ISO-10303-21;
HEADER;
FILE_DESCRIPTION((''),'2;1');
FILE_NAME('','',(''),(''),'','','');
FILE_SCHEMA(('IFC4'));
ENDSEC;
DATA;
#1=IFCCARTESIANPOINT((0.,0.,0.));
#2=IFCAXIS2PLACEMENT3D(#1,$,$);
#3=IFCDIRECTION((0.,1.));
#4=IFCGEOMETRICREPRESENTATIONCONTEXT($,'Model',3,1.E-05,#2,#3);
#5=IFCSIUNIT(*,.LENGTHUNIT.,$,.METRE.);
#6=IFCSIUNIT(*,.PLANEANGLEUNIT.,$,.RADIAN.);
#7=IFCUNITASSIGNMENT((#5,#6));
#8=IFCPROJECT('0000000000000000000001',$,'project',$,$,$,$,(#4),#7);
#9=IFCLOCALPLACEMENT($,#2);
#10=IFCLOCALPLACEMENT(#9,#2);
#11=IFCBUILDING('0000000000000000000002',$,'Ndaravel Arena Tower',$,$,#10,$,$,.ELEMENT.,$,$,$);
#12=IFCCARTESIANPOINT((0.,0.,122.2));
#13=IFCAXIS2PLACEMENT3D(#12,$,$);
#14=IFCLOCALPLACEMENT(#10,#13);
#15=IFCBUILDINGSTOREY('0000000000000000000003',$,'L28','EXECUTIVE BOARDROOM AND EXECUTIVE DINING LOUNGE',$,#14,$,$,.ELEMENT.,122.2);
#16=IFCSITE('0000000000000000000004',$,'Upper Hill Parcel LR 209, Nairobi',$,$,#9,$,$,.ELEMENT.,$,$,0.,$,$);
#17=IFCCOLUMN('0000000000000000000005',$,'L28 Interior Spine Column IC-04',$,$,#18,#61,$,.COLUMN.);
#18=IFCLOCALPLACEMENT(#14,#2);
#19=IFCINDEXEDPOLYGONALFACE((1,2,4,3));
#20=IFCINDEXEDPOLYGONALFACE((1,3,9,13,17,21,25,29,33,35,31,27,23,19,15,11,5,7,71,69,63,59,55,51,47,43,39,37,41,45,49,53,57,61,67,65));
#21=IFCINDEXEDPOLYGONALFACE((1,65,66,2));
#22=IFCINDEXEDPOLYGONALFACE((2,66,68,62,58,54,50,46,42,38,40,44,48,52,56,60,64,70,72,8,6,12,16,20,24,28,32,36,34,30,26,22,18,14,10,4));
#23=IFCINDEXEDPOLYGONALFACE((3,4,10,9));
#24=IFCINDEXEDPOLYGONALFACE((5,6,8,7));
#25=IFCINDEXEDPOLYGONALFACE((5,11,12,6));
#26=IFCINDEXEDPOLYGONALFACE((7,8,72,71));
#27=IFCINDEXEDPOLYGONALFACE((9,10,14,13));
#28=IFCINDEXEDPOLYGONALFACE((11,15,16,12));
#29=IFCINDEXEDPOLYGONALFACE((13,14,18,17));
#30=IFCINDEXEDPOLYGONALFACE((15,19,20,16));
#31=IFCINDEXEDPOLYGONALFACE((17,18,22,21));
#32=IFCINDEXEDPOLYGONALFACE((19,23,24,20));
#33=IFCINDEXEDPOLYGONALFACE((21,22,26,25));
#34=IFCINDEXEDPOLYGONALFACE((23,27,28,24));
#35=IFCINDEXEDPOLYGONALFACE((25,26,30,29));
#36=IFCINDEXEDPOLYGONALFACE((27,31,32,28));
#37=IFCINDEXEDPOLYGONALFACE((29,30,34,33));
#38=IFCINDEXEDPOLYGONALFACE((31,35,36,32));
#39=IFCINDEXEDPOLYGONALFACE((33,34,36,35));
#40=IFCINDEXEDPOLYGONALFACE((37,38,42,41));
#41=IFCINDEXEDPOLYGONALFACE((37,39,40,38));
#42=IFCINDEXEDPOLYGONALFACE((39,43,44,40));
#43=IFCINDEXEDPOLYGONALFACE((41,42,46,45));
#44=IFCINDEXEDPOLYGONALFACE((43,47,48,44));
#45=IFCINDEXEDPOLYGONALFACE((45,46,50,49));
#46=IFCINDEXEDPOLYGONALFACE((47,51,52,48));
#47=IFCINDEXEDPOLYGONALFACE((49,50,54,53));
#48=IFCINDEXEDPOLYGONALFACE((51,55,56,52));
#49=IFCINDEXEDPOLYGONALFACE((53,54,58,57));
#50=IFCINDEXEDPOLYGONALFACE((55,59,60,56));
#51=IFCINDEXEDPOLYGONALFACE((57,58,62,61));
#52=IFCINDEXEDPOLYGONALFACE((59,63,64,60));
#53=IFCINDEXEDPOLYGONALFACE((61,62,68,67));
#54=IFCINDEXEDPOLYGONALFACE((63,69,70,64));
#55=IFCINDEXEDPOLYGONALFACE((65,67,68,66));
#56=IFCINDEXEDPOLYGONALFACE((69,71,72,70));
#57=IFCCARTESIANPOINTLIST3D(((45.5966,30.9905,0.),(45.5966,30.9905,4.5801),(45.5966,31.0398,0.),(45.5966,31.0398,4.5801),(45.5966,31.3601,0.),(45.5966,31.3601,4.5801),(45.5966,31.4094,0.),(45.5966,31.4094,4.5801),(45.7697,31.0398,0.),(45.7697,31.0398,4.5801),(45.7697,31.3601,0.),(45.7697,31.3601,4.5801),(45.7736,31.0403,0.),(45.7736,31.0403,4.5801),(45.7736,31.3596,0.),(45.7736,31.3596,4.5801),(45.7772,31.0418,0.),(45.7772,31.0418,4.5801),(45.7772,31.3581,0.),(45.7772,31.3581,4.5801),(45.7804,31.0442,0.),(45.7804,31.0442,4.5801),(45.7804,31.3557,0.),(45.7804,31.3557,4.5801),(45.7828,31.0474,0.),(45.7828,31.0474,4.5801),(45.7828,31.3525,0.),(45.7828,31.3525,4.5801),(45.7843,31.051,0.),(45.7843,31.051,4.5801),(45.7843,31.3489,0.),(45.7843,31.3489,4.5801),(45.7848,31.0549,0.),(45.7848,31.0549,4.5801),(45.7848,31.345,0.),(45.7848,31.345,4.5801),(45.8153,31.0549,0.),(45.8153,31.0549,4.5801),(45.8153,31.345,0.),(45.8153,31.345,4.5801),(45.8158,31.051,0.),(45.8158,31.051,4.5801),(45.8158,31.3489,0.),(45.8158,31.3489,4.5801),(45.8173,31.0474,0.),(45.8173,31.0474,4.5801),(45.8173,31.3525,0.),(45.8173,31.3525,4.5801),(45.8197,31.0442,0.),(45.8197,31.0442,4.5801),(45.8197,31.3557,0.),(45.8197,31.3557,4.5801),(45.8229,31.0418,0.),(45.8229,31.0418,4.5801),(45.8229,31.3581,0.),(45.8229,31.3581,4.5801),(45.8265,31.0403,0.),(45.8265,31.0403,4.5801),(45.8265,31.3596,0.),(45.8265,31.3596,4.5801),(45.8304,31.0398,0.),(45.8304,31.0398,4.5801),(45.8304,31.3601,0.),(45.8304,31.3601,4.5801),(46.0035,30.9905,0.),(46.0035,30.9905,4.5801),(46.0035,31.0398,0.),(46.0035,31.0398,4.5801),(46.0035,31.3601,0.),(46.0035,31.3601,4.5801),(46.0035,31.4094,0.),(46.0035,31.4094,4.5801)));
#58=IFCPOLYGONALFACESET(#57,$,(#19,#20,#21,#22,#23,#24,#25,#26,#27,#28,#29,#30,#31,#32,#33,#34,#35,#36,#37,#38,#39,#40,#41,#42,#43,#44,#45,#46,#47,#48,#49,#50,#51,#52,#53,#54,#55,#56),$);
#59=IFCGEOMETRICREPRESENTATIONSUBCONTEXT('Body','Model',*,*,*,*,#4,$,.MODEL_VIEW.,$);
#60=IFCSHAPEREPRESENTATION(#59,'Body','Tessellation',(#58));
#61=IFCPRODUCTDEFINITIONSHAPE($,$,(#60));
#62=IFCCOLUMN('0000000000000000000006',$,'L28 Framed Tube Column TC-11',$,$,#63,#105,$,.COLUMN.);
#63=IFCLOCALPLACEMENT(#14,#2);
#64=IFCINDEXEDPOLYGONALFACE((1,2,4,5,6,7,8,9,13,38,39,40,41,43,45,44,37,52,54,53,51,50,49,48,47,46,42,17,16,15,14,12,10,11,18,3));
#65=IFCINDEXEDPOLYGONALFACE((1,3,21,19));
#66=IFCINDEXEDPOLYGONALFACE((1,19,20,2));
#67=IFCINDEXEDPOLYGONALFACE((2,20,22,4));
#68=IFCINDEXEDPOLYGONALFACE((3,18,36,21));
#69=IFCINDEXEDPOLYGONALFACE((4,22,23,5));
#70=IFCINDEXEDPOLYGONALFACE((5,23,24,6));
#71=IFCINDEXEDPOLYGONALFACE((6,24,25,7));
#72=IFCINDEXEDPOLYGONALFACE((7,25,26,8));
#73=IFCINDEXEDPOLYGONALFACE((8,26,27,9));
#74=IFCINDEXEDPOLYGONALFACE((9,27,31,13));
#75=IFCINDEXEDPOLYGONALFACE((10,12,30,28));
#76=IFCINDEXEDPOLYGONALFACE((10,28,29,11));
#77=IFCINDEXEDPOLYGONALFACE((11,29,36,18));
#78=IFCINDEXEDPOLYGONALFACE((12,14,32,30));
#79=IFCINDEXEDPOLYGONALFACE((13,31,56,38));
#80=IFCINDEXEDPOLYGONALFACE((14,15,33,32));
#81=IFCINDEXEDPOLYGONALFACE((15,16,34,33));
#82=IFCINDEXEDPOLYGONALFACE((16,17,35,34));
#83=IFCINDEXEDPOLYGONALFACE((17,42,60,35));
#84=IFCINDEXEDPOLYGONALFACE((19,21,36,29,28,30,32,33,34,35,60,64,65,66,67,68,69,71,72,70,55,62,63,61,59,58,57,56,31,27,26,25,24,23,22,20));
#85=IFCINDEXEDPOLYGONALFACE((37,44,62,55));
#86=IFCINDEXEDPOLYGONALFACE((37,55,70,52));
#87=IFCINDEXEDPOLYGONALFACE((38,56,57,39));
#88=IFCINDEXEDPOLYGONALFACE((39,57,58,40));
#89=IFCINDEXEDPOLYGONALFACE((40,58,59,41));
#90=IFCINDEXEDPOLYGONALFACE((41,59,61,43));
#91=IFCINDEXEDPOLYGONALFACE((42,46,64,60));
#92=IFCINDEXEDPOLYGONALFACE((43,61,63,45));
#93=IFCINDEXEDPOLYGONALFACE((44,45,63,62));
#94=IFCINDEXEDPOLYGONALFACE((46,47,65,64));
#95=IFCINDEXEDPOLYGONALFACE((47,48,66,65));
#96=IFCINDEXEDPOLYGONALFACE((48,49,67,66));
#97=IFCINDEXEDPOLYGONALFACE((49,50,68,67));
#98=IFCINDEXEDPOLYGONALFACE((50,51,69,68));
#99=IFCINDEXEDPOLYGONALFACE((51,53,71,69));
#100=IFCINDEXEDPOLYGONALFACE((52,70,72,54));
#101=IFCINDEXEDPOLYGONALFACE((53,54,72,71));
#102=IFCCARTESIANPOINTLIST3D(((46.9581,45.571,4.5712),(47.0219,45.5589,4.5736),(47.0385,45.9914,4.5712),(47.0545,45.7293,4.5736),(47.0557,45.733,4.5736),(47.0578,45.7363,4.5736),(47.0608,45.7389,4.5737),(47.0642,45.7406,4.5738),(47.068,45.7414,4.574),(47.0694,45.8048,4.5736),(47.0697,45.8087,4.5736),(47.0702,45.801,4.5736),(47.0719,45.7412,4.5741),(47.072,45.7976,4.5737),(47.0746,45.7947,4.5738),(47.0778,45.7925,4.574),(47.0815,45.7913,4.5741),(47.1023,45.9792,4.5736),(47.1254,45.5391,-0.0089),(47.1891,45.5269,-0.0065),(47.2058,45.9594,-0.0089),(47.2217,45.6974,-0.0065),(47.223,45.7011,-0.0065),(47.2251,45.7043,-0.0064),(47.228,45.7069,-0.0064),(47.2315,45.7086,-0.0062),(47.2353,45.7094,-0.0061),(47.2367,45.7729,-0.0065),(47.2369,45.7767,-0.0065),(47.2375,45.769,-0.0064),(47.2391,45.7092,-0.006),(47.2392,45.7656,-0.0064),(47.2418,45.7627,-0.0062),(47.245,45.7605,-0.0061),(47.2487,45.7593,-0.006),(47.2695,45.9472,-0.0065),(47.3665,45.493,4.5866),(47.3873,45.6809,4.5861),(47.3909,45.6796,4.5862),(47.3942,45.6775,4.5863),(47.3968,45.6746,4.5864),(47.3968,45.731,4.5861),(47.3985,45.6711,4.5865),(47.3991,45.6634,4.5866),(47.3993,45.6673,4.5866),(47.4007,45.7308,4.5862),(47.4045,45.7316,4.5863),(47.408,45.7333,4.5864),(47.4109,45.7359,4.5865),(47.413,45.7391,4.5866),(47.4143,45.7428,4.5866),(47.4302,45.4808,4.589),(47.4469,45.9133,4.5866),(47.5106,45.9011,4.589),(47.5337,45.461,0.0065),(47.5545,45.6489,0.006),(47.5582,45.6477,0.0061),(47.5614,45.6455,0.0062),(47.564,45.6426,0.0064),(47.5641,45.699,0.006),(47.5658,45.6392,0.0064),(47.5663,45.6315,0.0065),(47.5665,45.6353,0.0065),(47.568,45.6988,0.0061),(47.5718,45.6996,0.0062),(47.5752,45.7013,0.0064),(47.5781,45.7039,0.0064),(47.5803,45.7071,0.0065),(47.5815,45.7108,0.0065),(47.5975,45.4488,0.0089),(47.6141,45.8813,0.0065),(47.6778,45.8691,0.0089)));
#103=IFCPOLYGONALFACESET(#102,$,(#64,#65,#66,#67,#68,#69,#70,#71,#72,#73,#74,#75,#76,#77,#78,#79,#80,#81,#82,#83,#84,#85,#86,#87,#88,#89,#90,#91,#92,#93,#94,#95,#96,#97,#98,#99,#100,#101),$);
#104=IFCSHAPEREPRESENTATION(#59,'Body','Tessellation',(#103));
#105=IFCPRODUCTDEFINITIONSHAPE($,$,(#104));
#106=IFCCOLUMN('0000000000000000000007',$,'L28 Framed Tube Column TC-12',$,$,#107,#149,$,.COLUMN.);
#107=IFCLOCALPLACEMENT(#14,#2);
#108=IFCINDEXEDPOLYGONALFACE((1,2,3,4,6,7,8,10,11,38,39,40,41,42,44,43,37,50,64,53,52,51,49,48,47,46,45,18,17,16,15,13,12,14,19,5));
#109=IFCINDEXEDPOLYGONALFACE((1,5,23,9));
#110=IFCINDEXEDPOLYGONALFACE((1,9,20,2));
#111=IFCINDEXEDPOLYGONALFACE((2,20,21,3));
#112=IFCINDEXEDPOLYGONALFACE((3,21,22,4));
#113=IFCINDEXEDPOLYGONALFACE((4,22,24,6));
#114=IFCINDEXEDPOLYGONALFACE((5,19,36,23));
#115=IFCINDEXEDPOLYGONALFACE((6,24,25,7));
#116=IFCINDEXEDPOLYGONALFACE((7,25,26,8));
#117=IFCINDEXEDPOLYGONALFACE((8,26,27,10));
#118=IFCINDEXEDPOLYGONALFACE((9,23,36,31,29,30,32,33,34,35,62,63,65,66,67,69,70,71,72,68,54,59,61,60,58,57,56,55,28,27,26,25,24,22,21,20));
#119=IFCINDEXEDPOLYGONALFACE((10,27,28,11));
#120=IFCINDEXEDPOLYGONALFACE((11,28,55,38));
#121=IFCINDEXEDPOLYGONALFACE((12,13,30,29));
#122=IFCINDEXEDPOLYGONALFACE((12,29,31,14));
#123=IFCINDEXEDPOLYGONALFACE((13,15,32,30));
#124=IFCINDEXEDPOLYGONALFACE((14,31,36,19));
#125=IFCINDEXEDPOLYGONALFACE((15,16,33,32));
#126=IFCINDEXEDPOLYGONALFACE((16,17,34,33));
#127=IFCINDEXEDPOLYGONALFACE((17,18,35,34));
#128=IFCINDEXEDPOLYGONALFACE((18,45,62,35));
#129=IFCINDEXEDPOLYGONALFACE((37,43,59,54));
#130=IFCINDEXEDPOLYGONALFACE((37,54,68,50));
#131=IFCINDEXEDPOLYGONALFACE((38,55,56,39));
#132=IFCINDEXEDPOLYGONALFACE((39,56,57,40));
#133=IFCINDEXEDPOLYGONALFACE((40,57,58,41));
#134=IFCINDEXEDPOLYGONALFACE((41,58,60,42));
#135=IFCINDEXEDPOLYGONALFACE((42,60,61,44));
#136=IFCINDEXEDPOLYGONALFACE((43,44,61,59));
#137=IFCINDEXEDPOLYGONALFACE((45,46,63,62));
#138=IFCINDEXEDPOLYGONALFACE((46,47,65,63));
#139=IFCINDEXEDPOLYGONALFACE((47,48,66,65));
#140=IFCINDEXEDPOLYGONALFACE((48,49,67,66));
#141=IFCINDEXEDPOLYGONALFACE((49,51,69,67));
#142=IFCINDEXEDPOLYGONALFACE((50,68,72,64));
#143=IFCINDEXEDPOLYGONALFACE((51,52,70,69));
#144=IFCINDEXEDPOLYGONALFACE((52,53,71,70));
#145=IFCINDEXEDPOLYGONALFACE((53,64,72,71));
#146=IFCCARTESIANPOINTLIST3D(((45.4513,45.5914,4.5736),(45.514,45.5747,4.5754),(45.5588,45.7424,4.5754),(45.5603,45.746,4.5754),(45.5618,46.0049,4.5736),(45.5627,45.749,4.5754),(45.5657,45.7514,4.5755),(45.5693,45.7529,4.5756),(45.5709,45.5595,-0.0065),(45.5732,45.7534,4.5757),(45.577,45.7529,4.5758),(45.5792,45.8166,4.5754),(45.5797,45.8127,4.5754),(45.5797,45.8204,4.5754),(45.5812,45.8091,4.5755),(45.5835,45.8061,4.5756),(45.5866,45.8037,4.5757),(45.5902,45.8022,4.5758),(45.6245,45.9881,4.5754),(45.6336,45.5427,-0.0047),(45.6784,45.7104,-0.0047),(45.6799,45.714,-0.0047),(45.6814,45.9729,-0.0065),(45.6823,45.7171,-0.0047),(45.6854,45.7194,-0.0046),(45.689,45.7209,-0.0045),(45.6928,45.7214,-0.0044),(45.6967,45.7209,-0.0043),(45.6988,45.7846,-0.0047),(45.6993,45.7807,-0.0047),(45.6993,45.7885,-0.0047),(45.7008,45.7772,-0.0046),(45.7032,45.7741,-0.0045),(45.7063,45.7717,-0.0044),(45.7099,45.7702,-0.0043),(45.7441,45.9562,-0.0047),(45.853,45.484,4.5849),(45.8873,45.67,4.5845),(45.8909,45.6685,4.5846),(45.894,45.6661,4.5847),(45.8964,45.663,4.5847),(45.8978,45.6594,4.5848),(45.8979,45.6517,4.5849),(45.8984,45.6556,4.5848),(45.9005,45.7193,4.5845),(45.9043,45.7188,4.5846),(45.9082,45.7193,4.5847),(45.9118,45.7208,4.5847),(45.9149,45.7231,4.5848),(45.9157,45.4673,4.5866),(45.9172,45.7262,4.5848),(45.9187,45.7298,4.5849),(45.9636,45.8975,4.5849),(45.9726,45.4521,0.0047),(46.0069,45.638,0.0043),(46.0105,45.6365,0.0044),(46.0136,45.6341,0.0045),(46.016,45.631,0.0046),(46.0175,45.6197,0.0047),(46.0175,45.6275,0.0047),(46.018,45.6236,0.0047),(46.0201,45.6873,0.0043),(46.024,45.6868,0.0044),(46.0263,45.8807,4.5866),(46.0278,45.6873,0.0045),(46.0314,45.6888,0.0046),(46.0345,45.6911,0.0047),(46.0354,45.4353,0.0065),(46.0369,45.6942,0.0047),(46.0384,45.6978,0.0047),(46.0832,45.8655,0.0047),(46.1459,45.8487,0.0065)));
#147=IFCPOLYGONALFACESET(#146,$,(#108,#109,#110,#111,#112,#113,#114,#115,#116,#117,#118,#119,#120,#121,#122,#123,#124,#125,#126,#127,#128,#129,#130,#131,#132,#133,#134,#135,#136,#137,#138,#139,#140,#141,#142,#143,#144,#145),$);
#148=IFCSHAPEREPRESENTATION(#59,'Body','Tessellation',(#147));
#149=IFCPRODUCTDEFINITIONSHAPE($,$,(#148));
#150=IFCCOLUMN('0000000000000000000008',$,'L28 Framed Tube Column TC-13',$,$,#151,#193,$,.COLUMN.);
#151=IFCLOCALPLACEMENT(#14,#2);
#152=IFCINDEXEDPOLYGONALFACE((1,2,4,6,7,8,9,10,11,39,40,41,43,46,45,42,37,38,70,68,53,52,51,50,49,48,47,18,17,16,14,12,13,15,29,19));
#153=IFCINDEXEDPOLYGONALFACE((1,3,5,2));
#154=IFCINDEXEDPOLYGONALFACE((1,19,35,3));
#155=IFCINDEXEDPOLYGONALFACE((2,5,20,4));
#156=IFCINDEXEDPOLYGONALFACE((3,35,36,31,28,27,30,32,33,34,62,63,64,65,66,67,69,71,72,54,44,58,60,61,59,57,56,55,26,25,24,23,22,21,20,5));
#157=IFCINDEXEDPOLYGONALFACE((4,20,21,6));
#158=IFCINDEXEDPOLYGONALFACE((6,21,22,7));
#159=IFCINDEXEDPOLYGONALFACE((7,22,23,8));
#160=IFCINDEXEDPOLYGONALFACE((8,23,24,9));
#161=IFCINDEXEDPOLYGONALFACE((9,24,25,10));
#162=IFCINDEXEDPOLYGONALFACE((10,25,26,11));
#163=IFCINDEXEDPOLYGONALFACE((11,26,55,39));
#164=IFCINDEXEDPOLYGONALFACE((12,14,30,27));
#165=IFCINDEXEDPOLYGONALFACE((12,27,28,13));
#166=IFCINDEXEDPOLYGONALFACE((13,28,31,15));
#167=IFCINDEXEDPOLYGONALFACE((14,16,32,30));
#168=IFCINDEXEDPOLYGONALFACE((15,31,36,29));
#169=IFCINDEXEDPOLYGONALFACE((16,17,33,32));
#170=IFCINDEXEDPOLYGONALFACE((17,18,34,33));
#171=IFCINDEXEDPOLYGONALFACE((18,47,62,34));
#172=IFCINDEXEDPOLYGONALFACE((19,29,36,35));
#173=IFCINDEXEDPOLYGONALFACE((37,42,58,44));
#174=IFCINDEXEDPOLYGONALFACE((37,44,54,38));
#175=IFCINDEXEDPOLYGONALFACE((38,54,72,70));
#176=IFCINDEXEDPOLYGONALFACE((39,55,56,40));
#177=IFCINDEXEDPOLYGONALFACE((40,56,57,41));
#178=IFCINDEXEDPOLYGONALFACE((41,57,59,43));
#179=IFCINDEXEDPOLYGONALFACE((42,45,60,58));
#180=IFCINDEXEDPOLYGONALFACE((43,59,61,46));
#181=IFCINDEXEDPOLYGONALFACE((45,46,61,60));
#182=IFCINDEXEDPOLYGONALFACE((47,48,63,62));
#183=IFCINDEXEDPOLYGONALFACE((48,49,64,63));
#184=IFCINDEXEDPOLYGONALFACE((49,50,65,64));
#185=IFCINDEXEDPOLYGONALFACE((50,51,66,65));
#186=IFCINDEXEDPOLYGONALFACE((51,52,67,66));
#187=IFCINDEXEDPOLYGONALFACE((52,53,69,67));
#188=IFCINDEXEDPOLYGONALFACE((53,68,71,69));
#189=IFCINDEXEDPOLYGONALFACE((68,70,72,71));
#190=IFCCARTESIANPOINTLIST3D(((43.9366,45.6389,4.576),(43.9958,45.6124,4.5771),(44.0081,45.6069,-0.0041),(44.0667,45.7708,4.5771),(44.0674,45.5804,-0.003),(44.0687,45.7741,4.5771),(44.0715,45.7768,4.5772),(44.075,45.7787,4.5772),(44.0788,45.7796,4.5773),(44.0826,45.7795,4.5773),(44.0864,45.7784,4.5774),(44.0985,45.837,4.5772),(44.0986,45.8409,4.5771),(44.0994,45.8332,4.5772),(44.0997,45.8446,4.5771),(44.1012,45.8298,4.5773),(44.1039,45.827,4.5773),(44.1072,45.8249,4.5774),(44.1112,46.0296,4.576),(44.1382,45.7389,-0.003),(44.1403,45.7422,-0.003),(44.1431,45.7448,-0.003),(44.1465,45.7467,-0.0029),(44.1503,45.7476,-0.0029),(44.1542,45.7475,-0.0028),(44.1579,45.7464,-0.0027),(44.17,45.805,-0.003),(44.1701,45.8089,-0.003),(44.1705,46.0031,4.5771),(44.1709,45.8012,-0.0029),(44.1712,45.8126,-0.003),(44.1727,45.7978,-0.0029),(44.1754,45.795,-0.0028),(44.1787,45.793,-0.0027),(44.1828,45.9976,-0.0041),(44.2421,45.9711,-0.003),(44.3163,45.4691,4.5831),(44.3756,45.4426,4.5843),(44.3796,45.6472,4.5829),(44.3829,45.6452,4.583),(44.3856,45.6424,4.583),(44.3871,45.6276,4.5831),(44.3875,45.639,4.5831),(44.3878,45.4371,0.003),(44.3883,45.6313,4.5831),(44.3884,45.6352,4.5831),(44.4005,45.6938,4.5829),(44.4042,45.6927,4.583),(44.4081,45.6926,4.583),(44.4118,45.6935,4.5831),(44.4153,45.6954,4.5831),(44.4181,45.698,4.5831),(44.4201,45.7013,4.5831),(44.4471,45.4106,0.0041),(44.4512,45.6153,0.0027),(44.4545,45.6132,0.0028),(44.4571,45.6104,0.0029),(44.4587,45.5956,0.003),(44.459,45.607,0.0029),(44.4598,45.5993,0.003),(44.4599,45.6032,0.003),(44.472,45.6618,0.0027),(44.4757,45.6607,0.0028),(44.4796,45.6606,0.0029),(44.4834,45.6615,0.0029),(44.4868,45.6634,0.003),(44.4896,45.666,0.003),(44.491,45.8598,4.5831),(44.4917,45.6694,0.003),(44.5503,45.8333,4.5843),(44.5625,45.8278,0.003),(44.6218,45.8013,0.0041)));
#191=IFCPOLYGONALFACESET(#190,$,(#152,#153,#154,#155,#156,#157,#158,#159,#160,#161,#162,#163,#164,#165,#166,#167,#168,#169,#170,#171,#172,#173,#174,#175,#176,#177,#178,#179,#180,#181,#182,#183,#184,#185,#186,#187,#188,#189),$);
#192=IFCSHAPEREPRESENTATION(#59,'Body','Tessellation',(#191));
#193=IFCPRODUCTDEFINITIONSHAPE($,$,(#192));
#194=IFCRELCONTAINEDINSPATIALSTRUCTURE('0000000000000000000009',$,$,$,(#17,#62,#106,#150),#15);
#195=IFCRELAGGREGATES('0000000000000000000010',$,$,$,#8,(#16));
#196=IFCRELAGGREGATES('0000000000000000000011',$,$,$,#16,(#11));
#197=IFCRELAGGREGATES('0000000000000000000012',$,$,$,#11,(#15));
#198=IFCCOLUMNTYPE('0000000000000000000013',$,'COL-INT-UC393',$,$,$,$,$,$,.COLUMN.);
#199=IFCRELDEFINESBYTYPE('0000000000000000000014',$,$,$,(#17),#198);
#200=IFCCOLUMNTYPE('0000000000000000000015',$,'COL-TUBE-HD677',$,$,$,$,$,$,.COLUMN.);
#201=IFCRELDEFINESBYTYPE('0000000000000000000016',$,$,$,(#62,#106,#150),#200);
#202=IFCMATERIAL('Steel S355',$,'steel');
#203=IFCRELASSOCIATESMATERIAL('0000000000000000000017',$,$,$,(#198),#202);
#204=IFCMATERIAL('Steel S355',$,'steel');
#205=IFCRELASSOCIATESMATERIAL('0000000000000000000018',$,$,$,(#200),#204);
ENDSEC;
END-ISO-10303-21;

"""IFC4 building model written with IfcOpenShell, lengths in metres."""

from ifc_helpers import new_model, si_unit, direction, frame, origin, origin_2d, place, context, subcontext, project, spatial, i_section, extrude, material, material_profile, profile_set, type_object, element, save


model = new_model("IFC4")

# Units and contexts
model_context = context("Model", 3, precision=1e-05, world=origin(), true_north=direction((0.0, 1.0)))
body_context = subcontext(model_context, "Body", "Model", "MODEL_VIEW")
ifc_project = project(units=[si_unit("LENGTHUNIT", "METRE"), si_unit("PLANEANGLEUNIT", "RADIAN")], contexts=[model_context])

# Site, building, storey
site_placement = place(None, origin())
site = spatial("IfcSite", under=ifc_project, at=site_placement, Name="Upper Hill Parcel LR 209, Nairobi", CompositionType="ELEMENT", RefElevation=0.0)
building_placement = place(site_placement, origin())
building = spatial("IfcBuilding", under=site, at=building_placement, Name="Ndaravel Arena Tower", CompositionType="ELEMENT")
storey_placement = place(building_placement, frame((0.0, 0.0, 122.2)))
storey = spatial("IfcBuildingStorey", under=building, at=storey_placement, Name="L28", Description="EXECUTIVE BOARDROOM AND EXECUTIVE DINING LOUNGE", CompositionType="ELEMENT", Elevation=122.2)

# Columns
ifc_material_1 = material(Name="Steel S355", Category="steel")
ifc_material_profile_1 = material_profile(ifc_material_1, i_section(OverallWidth=0.407, OverallDepth=0.4189, WebThickness=0.0305, FlangeThickness=0.0493, FilletRadius=0.0151, at=origin_2d()), Name="UC 356x406x393")
ifc_profile_set_1 = profile_set([ifc_material_profile_1], Name="Steel S355")
column_type_1 = type_object("IfcColumnType", Name="COL-INT-UC393", PredefinedType="COLUMN", material=ifc_profile_set_1)
column_1_placement = place(storey_placement, frame((45.8, 31.2, 0.0), z_axis=(0.0, 0.0, 1.0), x_axis=(1.0, 0.0, 0.0)))
element("IfcColumn", 1, at=column_1_placement, inside=storey, type_object=column_type_1, Name="L28 Interior Spine Column IC-04", PredefinedType="COLUMN", context=body_context, shape_type="SweptSolid", body=[
    extrude(i_section(OverallWidth=0.407, OverallDepth=0.4189, WebThickness=0.0305, FlangeThickness=0.0493, FilletRadius=0.0151, at=origin_2d()), origin(), (0.0, 0.0, 1.0), 4.5801),
])
ifc_material_2 = material(Name="Steel S355", Category="steel")
ifc_material_profile_2 = material_profile(ifc_material_2, i_section(OverallWidth=0.428, OverallDepth=0.481, WebThickness=0.051, FlangeThickness=0.0649, FilletRadius=0.0149, at=origin_2d()), Name="HD 400x677")
ifc_profile_set_2 = profile_set([ifc_material_profile_2], Name="Steel S355")
column_type_2 = type_object("IfcColumnType", Name="COL-TUBE-HD677", PredefinedType="COLUMN", material=ifc_profile_set_2)
column_2_placement = place(storey_placement, frame((47.4016, 45.7041, 0.0), z_axis=(-0.036489, 0.006978, 0.99931), x_axis=(-0.187837, -0.9822, 0.0)))
element("IfcColumn", 2, at=column_2_placement, inside=storey, type_object=column_type_2, Name="L28 Framed Tube Column TC-11", PredefinedType="COLUMN", context=body_context, shape_type="SweptSolid", body=[
    extrude(i_section(OverallWidth=0.428, OverallDepth=0.481, WebThickness=0.051, FlangeThickness=0.0649, FilletRadius=0.0149, at=origin_2d()), origin(), (0.0, 0.0, 1.0), 4.5833),
])
column_3_placement = place(storey_placement, frame((45.8584, 45.7041, 0.0), z_axis=(-0.02611, 0.00698, 0.999635), x_axis=(-0.258276, -0.966071, 0.0)))
element("IfcColumn", 3, at=column_3_placement, inside=storey, type_object=column_type_2, Name="L28 Framed Tube Column TC-12", PredefinedType="COLUMN", context=body_context, shape_type="SweptSolid", body=[
    extrude(i_section(OverallWidth=0.428, OverallDepth=0.481, WebThickness=0.051, FlangeThickness=0.0649, FilletRadius=0.0149, at=origin_2d()), origin(), (0.0, 0.0, 1.0), 4.5818),
])
column_4_placement = place(storey_placement, frame((44.3149, 45.7041, 0.0), z_axis=(-0.015616, 0.006982, 0.999854), x_axis=(-0.408161, -0.91291, 0.0)))
element("IfcColumn", 4, at=column_4_placement, inside=storey, type_object=column_type_2, Name="L28 Framed Tube Column TC-13", PredefinedType="COLUMN", context=body_context, shape_type="SweptSolid", body=[
    extrude(i_section(OverallWidth=0.428, OverallDepth=0.481, WebThickness=0.051, FlangeThickness=0.0649, FilletRadius=0.0149, at=origin_2d()), origin(), (0.0, 0.0, 1.0), 4.5808),
])

save(model, "model.ifc")
